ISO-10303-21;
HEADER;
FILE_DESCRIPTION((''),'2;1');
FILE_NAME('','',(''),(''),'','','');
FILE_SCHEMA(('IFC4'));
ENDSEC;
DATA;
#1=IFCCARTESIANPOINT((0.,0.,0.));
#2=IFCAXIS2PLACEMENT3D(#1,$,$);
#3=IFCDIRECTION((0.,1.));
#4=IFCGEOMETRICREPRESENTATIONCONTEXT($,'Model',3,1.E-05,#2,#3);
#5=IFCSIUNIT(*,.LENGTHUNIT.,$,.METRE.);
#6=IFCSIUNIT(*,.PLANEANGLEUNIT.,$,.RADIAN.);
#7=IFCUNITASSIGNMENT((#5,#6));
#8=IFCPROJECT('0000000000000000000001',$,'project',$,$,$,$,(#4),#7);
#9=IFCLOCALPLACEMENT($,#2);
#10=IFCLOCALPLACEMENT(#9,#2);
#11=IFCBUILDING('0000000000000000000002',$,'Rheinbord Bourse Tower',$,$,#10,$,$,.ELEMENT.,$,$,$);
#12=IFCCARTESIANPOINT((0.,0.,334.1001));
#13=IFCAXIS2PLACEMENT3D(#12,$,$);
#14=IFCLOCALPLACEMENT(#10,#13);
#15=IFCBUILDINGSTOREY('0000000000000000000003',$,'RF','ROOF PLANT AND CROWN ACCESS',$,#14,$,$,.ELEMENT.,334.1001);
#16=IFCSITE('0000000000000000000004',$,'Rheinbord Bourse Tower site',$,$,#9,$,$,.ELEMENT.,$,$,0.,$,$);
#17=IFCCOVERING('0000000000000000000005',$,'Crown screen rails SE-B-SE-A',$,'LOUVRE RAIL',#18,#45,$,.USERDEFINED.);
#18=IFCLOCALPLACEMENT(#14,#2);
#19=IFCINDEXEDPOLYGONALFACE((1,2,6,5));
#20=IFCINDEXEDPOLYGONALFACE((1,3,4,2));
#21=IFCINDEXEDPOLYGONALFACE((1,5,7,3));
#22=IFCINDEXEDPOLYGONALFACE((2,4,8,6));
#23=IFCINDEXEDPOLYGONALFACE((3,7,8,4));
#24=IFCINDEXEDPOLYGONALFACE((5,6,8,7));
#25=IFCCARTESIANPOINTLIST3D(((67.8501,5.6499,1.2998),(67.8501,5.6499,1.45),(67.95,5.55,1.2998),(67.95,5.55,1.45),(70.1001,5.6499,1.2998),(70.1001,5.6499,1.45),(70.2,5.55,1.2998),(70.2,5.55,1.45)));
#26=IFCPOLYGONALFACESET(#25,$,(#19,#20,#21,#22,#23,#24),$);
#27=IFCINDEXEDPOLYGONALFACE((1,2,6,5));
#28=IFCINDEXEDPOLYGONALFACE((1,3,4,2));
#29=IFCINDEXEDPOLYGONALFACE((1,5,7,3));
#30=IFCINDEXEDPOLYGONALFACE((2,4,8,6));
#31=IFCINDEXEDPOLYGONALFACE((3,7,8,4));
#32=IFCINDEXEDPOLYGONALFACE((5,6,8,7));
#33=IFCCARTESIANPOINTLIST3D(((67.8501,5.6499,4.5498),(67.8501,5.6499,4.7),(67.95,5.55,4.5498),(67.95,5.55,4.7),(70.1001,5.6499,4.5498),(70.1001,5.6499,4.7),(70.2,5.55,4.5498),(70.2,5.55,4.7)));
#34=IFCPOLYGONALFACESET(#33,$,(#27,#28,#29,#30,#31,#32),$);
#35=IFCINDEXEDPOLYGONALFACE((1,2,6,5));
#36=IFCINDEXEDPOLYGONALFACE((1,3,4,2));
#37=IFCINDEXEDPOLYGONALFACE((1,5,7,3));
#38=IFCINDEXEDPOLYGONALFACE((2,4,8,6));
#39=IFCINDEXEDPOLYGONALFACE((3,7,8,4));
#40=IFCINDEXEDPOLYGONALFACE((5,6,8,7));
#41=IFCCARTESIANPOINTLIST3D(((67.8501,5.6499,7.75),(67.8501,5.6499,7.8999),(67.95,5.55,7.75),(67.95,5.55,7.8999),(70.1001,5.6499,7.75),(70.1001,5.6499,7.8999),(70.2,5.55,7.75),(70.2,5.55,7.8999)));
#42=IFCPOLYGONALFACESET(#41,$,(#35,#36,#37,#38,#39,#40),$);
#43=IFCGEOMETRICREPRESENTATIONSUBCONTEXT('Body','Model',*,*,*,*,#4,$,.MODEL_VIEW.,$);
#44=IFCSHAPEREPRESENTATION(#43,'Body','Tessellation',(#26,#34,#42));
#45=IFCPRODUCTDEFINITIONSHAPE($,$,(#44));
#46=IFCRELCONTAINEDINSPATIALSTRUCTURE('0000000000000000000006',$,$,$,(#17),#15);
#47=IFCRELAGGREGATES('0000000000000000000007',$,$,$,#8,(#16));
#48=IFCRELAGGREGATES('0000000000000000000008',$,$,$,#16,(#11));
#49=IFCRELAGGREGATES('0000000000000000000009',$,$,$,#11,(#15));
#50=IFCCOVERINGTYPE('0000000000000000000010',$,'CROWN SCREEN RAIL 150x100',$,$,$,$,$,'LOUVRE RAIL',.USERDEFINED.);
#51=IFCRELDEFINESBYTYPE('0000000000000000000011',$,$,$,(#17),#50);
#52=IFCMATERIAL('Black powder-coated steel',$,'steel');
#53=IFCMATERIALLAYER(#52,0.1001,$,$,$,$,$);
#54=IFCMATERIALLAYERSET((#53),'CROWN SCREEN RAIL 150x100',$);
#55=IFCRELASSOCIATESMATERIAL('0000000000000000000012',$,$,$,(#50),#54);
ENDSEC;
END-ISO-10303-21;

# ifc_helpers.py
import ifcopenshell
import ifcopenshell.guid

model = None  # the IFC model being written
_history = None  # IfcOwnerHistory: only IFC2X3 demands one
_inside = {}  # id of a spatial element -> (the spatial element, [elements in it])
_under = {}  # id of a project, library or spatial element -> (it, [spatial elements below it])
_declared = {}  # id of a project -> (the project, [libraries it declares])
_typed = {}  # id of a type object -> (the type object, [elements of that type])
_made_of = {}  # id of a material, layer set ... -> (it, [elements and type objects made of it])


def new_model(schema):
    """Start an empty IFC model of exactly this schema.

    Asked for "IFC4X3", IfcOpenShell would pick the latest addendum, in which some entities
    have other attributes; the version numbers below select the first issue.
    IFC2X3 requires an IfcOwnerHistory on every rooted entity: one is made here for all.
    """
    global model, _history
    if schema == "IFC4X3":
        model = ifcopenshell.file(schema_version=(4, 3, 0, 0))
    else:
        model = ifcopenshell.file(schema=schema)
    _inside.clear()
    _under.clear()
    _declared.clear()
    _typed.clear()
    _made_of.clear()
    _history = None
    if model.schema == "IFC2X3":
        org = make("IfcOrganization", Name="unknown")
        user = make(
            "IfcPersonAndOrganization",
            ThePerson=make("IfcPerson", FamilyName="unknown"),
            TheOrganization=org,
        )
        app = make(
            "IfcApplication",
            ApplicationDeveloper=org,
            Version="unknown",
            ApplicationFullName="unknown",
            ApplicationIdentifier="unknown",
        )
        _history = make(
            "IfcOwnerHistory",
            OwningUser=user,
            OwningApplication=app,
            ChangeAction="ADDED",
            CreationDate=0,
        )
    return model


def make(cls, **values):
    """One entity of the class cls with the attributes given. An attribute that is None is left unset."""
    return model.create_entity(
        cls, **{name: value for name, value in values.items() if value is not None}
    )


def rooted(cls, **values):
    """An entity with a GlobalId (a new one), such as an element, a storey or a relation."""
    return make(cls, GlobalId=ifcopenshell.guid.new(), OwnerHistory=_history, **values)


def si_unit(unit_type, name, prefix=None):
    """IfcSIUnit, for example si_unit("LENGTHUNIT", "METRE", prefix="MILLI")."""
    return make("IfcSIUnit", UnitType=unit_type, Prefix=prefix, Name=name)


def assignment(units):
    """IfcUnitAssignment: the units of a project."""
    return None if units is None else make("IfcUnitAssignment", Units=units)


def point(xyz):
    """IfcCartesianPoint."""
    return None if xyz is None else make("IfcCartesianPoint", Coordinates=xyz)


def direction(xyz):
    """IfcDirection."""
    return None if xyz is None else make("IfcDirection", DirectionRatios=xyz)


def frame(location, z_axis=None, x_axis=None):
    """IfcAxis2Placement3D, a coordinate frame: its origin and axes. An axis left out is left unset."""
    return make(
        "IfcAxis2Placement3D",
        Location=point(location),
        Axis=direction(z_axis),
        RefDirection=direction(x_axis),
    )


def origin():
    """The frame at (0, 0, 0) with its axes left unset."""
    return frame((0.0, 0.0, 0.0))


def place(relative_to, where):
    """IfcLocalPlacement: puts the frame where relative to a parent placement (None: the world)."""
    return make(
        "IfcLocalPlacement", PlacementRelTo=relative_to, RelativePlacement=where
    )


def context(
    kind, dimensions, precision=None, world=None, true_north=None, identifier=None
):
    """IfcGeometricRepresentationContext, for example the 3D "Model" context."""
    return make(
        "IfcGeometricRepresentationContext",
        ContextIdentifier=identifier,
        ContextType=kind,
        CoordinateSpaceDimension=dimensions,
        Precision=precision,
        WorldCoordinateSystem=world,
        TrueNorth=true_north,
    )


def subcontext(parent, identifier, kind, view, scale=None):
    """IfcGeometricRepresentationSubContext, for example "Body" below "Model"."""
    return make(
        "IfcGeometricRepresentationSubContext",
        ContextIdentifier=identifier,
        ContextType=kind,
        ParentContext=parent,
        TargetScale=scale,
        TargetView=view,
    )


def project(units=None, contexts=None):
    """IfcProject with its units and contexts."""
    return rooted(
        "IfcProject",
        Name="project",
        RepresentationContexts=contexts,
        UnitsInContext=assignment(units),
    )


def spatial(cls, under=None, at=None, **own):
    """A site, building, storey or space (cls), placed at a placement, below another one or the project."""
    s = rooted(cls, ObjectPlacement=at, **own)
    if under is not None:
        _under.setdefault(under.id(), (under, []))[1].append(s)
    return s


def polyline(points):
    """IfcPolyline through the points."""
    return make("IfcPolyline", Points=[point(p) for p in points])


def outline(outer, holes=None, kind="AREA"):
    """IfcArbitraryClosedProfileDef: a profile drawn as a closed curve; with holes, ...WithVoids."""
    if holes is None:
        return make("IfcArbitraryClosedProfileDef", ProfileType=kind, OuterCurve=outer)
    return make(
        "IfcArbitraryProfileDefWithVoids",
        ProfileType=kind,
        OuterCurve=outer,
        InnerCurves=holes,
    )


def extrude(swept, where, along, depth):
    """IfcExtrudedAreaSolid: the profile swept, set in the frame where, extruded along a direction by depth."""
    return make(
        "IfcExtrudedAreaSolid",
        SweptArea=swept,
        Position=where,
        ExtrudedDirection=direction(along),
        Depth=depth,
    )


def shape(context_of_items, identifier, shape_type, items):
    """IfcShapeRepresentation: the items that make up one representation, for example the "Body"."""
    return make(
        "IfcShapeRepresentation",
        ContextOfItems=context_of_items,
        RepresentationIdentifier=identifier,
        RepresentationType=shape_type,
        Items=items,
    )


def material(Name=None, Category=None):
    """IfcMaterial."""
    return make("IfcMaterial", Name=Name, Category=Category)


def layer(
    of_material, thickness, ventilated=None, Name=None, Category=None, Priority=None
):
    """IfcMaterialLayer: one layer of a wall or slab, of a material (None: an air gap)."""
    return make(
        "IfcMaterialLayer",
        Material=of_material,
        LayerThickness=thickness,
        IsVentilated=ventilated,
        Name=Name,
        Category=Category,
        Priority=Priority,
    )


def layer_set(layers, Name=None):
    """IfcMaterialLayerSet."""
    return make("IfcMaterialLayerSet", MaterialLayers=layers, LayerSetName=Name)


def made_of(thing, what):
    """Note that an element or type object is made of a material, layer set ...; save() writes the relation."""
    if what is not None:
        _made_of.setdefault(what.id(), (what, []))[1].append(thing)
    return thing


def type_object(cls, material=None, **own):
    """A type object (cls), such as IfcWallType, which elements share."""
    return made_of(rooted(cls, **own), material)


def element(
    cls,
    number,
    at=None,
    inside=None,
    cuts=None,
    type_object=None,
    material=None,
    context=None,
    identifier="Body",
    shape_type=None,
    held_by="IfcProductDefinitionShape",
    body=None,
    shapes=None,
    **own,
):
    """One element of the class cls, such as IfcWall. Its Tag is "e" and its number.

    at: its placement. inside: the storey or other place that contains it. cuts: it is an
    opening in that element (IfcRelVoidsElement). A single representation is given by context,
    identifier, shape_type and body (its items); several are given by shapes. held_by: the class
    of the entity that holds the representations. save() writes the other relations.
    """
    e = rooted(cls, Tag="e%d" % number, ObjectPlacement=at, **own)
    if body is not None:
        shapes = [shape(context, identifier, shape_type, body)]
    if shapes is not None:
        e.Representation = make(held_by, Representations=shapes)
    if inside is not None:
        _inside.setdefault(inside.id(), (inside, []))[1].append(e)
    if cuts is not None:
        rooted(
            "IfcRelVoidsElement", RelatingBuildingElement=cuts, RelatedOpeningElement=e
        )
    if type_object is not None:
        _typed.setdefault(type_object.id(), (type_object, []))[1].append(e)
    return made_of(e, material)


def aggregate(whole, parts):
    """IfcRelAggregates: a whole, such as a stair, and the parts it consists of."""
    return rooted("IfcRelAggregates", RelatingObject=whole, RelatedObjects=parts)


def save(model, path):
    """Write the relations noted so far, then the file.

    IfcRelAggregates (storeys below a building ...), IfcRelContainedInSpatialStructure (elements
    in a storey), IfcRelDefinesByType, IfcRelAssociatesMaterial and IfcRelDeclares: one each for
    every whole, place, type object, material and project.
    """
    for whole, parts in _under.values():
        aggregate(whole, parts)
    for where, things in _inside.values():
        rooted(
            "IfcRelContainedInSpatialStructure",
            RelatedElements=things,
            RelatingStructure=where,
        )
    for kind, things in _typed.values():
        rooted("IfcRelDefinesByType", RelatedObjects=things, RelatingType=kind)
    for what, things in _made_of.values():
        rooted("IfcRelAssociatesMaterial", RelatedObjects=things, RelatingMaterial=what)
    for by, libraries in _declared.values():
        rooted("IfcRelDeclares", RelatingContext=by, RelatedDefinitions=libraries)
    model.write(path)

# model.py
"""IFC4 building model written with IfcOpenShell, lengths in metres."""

from ifc_helpers import new_model, si_unit, direction, frame, origin, place, context, subcontext, project, spatial, polyline, outline, extrude, material, layer, layer_set, type_object, element, save


model = new_model("IFC4")

# Units and contexts
model_context = context("Model", 3, precision=1e-05, world=origin(), true_north=direction((0.0, 1.0)))
body_context = subcontext(model_context, "Body", "Model", "MODEL_VIEW")
ifc_project = project(units=[si_unit("LENGTHUNIT", "METRE"), si_unit("PLANEANGLEUNIT", "RADIAN")], contexts=[model_context])

# Site, building, storey
site_placement = place(None, origin())
site = spatial("IfcSite", under=ifc_project, at=site_placement, Name="Rheinbord Bourse Tower site", CompositionType="ELEMENT", RefElevation=0.0)
building_placement = place(site_placement, origin())
building = spatial("IfcBuilding", under=site, at=building_placement, Name="Rheinbord Bourse Tower", CompositionType="ELEMENT")
storey_placement = place(building_placement, frame((0.0, 0.0, 334.1001)))
storey = spatial("IfcBuildingStorey", under=building, at=storey_placement, Name="RF", Description="ROOF PLANT AND CROWN ACCESS", CompositionType="ELEMENT", Elevation=334.1001)

# Covering
ifc_material_1 = material(Name="Black powder-coated steel", Category="steel")
ifc_layer_1 = layer(ifc_material_1, 0.1001)
ifc_layer_set_1 = layer_set([ifc_layer_1], Name="CROWN SCREEN RAIL 150x100")
covering_type_1 = type_object("IfcCoveringType", Name="CROWN SCREEN RAIL 150x100", ElementType="LOUVRE RAIL", PredefinedType="USERDEFINED", material=ifc_layer_set_1)
covering_1_placement = place(storey_placement, frame((0.0, 0.0, 1.2998)))
element("IfcCovering", 1, at=covering_1_placement, inside=storey, type_object=covering_type_1, Name="Crown screen rails SE-B-SE-A", ObjectType="LOUVRE RAIL", PredefinedType="USERDEFINED", context=body_context, shape_type="SweptSolid", body=[
    extrude(outline(polyline([(67.8501, 5.6499), (70.1001, 5.6499), (70.2, 5.55), (67.95, 5.55), (67.8501, 5.6499)])), origin(), (0.0, 0.0, 1.0), 0.1501),
    extrude(outline(polyline([(67.8501, 5.6499), (70.1001, 5.6499), (70.2, 5.55), (67.95, 5.55), (67.8501, 5.6499)])), frame((0.0, 0.0, 3.25)), (0.0, 0.0, 1.0), 0.1501),
    extrude(outline(polyline([(67.8501, 5.6499), (70.1001, 5.6499), (70.2, 5.55), (67.95, 5.55), (67.8501, 5.6499)])), frame((0.0, 0.0, 6.4502)), (0.0, 0.0, 1.0), 0.1499),
])

save(model, "model.ifc")
